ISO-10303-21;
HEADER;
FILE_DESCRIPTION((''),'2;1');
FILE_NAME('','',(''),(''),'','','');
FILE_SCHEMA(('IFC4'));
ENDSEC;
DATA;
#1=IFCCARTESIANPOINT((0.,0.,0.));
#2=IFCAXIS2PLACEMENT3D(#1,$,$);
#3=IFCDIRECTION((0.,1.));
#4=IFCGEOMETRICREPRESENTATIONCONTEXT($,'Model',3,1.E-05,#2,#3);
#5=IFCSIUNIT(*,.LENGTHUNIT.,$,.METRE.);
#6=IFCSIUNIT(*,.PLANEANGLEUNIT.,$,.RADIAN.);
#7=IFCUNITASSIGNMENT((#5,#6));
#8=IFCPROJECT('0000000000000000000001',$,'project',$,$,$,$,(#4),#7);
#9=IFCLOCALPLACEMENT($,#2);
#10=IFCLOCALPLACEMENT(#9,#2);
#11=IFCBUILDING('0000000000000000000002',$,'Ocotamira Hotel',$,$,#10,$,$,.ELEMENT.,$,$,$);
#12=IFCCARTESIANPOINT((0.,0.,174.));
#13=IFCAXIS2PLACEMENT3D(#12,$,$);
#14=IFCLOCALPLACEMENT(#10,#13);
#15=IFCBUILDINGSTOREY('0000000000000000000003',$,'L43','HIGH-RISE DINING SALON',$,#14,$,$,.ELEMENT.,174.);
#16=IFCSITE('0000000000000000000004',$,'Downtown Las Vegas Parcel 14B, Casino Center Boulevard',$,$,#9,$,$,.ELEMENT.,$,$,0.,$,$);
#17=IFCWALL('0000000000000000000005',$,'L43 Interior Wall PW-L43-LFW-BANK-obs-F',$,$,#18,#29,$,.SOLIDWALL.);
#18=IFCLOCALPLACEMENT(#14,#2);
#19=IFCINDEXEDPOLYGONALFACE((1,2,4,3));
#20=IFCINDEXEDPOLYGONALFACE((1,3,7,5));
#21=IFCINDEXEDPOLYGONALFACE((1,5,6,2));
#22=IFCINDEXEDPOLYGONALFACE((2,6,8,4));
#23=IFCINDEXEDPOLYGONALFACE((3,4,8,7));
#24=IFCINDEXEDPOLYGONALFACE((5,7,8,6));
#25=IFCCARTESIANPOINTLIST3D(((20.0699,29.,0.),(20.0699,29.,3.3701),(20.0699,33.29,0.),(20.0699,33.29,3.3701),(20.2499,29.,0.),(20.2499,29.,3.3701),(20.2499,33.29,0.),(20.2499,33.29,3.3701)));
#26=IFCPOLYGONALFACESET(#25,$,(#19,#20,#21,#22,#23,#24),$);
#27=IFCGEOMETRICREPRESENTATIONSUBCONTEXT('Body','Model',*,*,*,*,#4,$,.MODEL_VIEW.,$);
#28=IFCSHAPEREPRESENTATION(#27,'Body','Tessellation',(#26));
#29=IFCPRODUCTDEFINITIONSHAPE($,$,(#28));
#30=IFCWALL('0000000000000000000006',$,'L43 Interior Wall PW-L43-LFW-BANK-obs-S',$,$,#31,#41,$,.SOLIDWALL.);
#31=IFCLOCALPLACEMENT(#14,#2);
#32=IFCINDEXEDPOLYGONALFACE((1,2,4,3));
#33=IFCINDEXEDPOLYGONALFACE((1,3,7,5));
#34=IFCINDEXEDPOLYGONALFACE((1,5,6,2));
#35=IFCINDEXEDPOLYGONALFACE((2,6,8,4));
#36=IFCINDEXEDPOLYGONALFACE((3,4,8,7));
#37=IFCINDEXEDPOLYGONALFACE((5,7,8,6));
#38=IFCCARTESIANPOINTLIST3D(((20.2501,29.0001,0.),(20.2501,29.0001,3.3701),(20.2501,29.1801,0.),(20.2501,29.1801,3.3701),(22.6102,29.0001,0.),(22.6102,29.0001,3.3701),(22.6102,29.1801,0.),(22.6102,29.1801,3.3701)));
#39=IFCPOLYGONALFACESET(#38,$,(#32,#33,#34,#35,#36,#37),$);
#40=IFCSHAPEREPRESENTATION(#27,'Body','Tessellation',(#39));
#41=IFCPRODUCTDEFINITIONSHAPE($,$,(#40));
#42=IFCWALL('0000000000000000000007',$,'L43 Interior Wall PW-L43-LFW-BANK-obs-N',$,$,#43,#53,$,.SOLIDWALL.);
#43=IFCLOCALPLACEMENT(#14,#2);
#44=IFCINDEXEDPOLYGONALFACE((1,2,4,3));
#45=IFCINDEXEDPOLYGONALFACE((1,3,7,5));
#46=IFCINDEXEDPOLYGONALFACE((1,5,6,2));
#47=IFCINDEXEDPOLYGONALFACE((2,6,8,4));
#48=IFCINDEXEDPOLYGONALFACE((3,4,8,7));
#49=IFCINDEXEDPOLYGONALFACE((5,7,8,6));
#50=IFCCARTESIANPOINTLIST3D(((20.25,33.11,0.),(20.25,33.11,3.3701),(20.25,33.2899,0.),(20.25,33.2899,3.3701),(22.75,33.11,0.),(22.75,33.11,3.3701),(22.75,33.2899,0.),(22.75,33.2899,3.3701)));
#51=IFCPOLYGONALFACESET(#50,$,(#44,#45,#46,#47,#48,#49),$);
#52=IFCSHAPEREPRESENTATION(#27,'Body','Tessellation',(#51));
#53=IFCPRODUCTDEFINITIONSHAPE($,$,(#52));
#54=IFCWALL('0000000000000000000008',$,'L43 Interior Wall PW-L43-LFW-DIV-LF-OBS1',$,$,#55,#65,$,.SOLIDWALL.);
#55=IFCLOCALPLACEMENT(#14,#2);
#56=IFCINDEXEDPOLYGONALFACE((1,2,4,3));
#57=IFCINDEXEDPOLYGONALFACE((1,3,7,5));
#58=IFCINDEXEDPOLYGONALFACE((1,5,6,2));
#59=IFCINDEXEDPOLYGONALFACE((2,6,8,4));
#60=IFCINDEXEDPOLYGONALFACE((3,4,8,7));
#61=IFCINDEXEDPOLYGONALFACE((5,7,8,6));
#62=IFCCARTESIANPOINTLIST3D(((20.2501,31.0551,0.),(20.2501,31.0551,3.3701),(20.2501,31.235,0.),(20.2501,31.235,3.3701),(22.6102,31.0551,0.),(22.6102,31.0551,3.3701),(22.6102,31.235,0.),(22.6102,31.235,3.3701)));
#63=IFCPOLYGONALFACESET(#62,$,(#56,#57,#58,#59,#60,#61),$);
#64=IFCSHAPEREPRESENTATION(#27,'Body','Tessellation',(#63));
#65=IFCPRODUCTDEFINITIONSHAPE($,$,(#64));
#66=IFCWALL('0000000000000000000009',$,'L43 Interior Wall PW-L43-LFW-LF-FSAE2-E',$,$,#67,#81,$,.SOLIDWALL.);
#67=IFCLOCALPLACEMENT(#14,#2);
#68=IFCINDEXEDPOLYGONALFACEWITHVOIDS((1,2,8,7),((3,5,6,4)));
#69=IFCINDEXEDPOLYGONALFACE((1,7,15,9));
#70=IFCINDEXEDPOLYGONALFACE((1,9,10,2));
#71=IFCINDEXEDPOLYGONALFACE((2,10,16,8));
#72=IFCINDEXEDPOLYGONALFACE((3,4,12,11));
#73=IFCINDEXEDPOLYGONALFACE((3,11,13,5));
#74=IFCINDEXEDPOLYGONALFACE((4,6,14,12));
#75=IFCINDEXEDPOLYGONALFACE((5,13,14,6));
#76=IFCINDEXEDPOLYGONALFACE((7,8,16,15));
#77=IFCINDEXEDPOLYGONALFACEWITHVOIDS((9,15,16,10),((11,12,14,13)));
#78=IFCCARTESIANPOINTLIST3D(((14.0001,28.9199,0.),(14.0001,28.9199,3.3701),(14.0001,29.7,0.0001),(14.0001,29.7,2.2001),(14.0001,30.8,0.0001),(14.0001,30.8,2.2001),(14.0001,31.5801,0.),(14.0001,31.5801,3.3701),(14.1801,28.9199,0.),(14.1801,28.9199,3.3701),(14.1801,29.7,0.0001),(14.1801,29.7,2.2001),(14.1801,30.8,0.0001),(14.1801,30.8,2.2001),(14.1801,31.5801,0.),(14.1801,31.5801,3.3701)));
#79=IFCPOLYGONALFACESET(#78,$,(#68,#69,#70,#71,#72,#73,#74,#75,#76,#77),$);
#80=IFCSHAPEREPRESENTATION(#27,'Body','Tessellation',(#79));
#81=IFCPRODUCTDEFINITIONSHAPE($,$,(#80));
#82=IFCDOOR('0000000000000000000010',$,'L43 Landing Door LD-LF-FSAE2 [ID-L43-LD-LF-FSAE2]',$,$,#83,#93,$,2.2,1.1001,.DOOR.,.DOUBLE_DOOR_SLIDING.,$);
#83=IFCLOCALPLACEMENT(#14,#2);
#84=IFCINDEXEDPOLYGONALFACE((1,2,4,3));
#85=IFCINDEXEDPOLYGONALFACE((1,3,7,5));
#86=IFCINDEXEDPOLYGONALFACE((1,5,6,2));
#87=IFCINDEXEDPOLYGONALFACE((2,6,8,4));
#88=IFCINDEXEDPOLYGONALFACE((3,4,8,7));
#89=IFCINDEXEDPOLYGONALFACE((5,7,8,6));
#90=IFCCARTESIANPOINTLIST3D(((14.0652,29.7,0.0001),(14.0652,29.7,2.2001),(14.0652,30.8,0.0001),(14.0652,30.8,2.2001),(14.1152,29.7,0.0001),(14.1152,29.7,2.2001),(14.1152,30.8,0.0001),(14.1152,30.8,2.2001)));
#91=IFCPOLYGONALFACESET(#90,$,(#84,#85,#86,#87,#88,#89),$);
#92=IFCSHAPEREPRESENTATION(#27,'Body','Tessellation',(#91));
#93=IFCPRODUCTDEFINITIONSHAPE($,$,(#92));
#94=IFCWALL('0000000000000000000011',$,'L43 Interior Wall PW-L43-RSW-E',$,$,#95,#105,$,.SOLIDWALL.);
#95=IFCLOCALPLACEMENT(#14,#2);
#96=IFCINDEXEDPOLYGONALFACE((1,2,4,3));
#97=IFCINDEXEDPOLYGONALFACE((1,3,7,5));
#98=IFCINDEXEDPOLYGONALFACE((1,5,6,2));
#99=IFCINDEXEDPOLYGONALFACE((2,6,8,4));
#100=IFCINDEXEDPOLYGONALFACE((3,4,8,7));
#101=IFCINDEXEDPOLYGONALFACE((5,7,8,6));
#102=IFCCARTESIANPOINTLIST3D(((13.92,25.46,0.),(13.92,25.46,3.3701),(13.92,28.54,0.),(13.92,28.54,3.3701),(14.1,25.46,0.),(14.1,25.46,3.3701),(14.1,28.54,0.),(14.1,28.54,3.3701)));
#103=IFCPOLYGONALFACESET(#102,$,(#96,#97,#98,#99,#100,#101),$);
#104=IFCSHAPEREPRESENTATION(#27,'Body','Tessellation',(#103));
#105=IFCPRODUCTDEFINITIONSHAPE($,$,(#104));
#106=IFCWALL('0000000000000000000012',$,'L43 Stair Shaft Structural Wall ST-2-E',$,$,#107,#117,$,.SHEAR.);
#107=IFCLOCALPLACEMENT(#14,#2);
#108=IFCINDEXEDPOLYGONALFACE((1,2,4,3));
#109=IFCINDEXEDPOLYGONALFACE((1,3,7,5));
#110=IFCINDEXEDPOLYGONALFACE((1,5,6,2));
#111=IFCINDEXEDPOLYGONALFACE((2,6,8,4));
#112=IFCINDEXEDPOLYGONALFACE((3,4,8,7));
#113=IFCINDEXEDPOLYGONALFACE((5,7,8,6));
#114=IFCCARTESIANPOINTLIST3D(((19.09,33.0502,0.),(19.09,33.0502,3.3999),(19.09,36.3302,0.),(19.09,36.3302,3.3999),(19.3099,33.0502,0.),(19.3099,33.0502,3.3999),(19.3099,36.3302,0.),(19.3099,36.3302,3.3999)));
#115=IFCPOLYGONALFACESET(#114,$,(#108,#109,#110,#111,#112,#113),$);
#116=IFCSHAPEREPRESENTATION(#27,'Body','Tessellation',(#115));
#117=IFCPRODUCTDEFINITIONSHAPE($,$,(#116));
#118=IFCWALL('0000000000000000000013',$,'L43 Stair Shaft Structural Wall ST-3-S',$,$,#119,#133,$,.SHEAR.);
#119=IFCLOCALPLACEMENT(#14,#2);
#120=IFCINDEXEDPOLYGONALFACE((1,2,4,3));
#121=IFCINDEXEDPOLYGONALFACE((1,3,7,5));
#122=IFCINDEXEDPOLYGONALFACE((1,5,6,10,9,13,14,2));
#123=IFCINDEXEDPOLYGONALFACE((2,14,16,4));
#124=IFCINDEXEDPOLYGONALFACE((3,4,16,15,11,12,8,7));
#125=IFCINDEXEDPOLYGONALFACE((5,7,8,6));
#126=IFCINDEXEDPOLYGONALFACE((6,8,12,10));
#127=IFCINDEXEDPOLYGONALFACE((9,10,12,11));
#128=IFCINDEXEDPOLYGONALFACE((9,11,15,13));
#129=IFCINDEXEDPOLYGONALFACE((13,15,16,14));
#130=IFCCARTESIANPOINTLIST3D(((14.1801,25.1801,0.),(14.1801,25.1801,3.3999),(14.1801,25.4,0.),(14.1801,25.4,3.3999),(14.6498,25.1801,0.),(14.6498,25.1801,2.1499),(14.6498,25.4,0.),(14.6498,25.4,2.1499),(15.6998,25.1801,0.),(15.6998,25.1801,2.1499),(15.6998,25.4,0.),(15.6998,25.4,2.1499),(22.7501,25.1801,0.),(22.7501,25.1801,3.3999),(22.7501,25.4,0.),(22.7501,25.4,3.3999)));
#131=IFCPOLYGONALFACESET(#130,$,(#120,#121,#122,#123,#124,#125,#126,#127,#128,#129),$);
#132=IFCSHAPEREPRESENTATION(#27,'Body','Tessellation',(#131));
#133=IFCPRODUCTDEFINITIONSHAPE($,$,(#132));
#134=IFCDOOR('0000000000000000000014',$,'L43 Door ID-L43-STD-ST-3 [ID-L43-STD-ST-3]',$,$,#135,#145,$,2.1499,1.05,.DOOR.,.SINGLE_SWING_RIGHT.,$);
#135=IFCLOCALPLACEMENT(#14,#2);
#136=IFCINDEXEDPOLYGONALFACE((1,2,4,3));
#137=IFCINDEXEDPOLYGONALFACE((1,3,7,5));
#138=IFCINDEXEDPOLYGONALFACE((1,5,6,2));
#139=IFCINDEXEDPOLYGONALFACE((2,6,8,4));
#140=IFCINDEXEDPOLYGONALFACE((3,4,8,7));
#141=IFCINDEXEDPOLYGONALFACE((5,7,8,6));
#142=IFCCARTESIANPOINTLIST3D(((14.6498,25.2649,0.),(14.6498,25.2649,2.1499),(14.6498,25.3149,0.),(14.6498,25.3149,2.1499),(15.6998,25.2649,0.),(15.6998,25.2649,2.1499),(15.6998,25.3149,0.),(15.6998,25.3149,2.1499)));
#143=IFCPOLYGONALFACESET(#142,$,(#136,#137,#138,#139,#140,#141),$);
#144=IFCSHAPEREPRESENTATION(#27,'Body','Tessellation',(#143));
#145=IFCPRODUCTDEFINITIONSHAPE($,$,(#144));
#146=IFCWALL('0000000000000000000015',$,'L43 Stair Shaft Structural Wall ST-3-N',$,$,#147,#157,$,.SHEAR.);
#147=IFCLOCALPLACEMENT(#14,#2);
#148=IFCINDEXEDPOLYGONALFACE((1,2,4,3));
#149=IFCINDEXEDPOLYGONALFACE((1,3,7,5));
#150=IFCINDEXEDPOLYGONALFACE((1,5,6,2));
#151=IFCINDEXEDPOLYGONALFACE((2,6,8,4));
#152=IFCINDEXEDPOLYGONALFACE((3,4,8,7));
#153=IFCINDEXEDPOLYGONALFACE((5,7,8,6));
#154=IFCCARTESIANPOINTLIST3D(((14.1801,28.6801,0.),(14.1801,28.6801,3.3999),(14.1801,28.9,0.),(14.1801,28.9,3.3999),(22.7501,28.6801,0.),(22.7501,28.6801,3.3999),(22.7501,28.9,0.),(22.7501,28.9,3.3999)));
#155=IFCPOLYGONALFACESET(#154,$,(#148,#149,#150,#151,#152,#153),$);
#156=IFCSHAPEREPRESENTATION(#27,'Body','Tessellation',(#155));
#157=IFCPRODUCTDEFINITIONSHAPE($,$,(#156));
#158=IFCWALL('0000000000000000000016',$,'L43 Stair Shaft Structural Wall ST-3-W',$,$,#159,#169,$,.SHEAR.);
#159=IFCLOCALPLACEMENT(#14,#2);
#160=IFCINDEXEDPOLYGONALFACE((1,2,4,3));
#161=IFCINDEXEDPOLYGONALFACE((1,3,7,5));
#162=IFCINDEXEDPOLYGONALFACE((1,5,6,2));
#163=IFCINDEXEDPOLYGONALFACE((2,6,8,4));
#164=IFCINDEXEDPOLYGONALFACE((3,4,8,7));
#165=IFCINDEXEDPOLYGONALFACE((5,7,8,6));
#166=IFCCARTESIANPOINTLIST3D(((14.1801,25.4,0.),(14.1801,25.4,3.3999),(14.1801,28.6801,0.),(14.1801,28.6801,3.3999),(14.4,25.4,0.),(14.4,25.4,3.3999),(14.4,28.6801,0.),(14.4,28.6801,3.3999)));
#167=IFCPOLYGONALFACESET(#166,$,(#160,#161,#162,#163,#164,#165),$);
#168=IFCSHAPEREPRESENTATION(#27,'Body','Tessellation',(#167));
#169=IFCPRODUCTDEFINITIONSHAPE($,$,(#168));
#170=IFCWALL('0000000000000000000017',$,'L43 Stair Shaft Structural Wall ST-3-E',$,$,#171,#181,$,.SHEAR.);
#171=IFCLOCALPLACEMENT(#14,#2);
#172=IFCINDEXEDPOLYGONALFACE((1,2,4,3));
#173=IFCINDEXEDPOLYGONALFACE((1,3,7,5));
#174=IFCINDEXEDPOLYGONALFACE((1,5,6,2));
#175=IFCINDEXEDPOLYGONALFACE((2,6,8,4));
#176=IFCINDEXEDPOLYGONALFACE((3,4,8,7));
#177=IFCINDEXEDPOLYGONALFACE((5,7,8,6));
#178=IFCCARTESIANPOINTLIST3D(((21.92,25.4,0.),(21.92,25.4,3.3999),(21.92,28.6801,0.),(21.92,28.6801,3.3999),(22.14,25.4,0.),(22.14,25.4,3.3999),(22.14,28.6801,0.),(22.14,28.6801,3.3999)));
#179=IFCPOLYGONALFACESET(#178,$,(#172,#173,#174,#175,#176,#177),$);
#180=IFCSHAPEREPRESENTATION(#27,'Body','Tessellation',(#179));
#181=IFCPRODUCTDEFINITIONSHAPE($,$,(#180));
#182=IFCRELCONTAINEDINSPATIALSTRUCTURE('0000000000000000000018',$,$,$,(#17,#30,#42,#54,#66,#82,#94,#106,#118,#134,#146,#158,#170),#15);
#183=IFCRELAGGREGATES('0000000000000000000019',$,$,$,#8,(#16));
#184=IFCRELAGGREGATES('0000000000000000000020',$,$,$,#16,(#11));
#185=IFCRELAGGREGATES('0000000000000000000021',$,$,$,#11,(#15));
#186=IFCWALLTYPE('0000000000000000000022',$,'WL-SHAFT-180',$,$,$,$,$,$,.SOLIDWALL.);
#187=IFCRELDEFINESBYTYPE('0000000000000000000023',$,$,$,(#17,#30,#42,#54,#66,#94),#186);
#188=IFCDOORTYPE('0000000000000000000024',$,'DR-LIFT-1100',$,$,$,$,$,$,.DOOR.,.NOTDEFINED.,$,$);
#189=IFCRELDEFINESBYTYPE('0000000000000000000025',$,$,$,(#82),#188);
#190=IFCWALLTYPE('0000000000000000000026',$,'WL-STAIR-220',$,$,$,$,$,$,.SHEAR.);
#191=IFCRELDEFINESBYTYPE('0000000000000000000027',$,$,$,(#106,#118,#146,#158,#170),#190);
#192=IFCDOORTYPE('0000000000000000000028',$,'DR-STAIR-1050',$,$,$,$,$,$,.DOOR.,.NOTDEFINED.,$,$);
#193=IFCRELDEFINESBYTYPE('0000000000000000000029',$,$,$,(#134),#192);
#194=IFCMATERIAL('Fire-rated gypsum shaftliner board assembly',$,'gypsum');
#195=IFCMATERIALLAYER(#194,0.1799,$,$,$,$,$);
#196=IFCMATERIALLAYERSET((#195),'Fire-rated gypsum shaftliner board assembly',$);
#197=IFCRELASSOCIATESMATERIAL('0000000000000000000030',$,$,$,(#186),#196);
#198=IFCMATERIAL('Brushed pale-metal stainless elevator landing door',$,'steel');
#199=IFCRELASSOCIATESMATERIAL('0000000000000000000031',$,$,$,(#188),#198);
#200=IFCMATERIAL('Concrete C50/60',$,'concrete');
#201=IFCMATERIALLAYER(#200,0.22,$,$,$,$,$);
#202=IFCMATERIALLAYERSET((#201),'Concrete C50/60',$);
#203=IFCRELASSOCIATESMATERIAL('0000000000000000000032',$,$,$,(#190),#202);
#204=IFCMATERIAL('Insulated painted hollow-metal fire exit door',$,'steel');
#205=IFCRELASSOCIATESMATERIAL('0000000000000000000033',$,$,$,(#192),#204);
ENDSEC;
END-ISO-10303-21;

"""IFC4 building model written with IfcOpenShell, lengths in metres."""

from ifc_helpers import new_model, si_unit, direction, frame, frame_2d, origin, place, context, subcontext, project, spatial, rectangle, extrude, source, transform, mapped, material, layer, layer_set, type_object, element, fill, save


model = new_model("IFC4")

# Units and contexts
model_context = context("Model", 3, precision=1e-05, world=origin(), true_north=direction((0.0, 1.0)))
body_context = subcontext(model_context, "Body", "Model", "MODEL_VIEW")
ifc_project = project(units=[si_unit("LENGTHUNIT", "METRE"), si_unit("PLANEANGLEUNIT", "RADIAN")], contexts=[model_context])

# Site, building, storey
site_placement = place(None, origin())
site = spatial("IfcSite", under=ifc_project, at=site_placement, Name="Downtown Las Vegas Parcel 14B, Casino Center Boulevard", CompositionType="ELEMENT", RefElevation=0.0)
building_placement = place(site_placement, origin())
building = spatial("IfcBuilding", under=site, at=building_placement, Name="Ocotamira Hotel", CompositionType="ELEMENT")
storey_placement = place(building_placement, frame((0.0, 0.0, 174.0)))
storey = spatial("IfcBuildingStorey", under=building, at=storey_placement, Name="L43", Description="HIGH-RISE DINING SALON", CompositionType="ELEMENT", Elevation=174.0)

# Walls
ifc_material_1 = material(Name="Fire-rated gypsum shaftliner board assembly", Category="gypsum")
ifc_layer_1 = layer(ifc_material_1, 0.1799)
ifc_layer_set_1 = layer_set([ifc_layer_1], Name="Fire-rated gypsum shaftliner board assembly")
wall_type_1 = type_object("IfcWallType", Name="WL-SHAFT-180", PredefinedType="SOLIDWALL", material=ifc_layer_set_1)
wall_1_placement = place(storey_placement, frame((20.1599, 29.0, 0.0), z_axis=(0.0, 0.0, 1.0), x_axis=(0.0, 1.0, 0.0)))
element("IfcWall", 1, at=wall_1_placement, inside=storey, type_object=wall_type_1, Name="L43 Interior Wall PW-L43-LFW-BANK-obs-F", PredefinedType="SOLIDWALL", context=body_context, shape_type="SweptSolid", body=[
    extrude(rectangle(XDim=4.29, YDim=0.1799, at=frame_2d((2.145, 0.0))), origin(), (0.0, 0.0, 1.0), 3.3701),
])
wall_2_placement = place(storey_placement, frame((20.25, 29.0901, 0.0), z_axis=(0.0, 0.0, 1.0), x_axis=(1.0, 0.0, 0.0)))
element("IfcWall", 2, at=wall_2_placement, inside=storey, type_object=wall_type_1, Name="L43 Interior Wall PW-L43-LFW-BANK-obs-S", PredefinedType="SOLIDWALL", context=body_context, shape_type="SweptSolid", body=[
    extrude(rectangle(XDim=2.3601, YDim=0.1799, at=frame_2d((1.1802, 0.0))), origin(), (0.0, 0.0, 1.0), 3.3701),
])
wall_3_placement = place(storey_placement, frame((20.25, 33.2, 0.0), z_axis=(0.0, 0.0, 1.0), x_axis=(1.0, 0.0, 0.0)))
element("IfcWall", 3, at=wall_3_placement, inside=storey, type_object=wall_type_1, Name="L43 Interior Wall PW-L43-LFW-BANK-obs-N", PredefinedType="SOLIDWALL", context=body_context, shape_type="SweptSolid", body=[
    extrude(rectangle(XDim=2.5, YDim=0.1799, at=frame_2d((1.25, 0.0))), origin(), (0.0, 0.0, 1.0), 3.3701),
])
wall_4_placement = place(storey_placement, frame((20.25, 31.145, 0.0), z_axis=(0.0, 0.0, 1.0), x_axis=(1.0, 0.0, 0.0)))
element("IfcWall", 4, at=wall_4_placement, inside=storey, type_object=wall_type_1, Name="L43 Interior Wall PW-L43-LFW-DIV-LF-OBS1", PredefinedType="SOLIDWALL", context=body_context, shape_type="SweptSolid", body=[
    extrude(rectangle(XDim=2.3601, YDim=0.1799, at=frame_2d((1.1802, 0.0))), origin(), (0.0, 0.0, 1.0), 3.3701),
])

# Wall, opening, door
wall_5_placement = place(storey_placement, frame((14.0901, 28.9199, 0.0), z_axis=(0.0, 0.0, 1.0), x_axis=(0.0, 1.0, 0.0)))
wall_5 = element("IfcWall", 5, at=wall_5_placement, inside=storey, type_object=wall_type_1, Name="L43 Interior Wall PW-L43-LFW-LF-FSAE2-E", PredefinedType="SOLIDWALL", context=body_context, shape_type="SweptSolid", body=[
    extrude(rectangle(XDim=2.6602, YDim=0.1799, at=frame_2d((1.3301, 0.0))), origin(), (0.0, 0.0, 1.0), 3.3701),
])
opening_1_placement = place(wall_5_placement, frame((0.78, 0.0, 0.0)))
opening_1 = element("IfcOpeningElement", 6, at=opening_1_placement, cuts=wall_5, PredefinedType="OPENING", context=body_context, shape_type="SweptSolid", body=[
    extrude(rectangle(XDim=1.1001, YDim=2.2, at=frame_2d((0.55, 1.1001))), frame((0.0, 0.1001, 0.0), z_axis=(0.0, -1.0, 0.0), x_axis=(1.0, 0.0, 0.0)), (0.0, 0.0, 1.0), 0.2),
])
ifc_material_2 = material(Name="Brushed pale-metal stainless elevator landing door", Category="steel")
door_type_1 = type_object("IfcDoorType", Name="DR-LIFT-1100", OperationType="NOTDEFINED", PredefinedType="DOOR", material=ifc_material_2)
shared_shape_1 = source(origin(), body_context, "Body", "SweptSolid", [
    extrude(rectangle(XDim=1.1001, YDim=2.2, at=frame_2d((0.55, 1.1001))), frame((0.0, 0.0249, 0.0), z_axis=(0.0, -1.0, 0.0), x_axis=(1.0, 0.0, 0.0)), (0.0, 0.0, 1.0), 0.05),
])
door_1_placement = place(opening_1_placement, origin())
door_1 = element("IfcDoor", 7, at=door_1_placement, inside=storey, type_object=door_type_1, Name="L43 Landing Door LD-LF-FSAE2 [ID-L43-LD-LF-FSAE2]", OperationType="DOUBLE_DOOR_SLIDING", OverallHeight=2.2, OverallWidth=1.1001, PredefinedType="DOOR", context=body_context, shape_type="MappedRepresentation", body=[
    mapped(shared_shape_1, transform((0.0, 0.0, 0.0), scale=1.0)),
])
fill(opening_1, door_1)

# Walls
wall_6_placement = place(storey_placement, frame((14.01, 25.46, 0.0), z_axis=(0.0, 0.0, 1.0), x_axis=(0.0, 1.0, 0.0)))
element("IfcWall", 8, at=wall_6_placement, inside=storey, type_object=wall_type_1, Name="L43 Interior Wall PW-L43-RSW-E", PredefinedType="SOLIDWALL", context=body_context, shape_type="SweptSolid", body=[
    extrude(rectangle(XDim=3.0801, YDim=0.1799, at=frame_2d((1.54, 0.0))), origin(), (0.0, 0.0, 1.0), 3.3701),
])
ifc_material_3 = material(Name="Concrete C50/60", Category="concrete")
ifc_layer_2 = layer(ifc_material_3, 0.22)
ifc_layer_set_2 = layer_set([ifc_layer_2], Name="Concrete C50/60")
wall_type_2 = type_object("IfcWallType", Name="WL-STAIR-220", PredefinedType="SHEAR", material=ifc_layer_set_2)
wall_7_placement = place(storey_placement, frame((19.2, 33.05, 0.0), z_axis=(0.0, 0.0, 1.0), x_axis=(0.0, 1.0, 0.0)))
element("IfcWall", 9, at=wall_7_placement, inside=storey, type_object=wall_type_2, Name="L43 Stair Shaft Structural Wall ST-2-E", PredefinedType="SHEAR", context=body_context, shape_type="SweptSolid", body=[
    extrude(rectangle(XDim=3.28, YDim=0.22, at=frame_2d((1.6401, 0.0))), origin(), (0.0, 0.0, 1.0), 3.3999),
])

# Wall, opening, door
wall_8_placement = place(storey_placement, frame((14.1799, 25.29, 0.0), z_axis=(0.0, 0.0, 1.0), x_axis=(1.0, 0.0, 0.0)))
wall_8 = element("IfcWall", 10, at=wall_8_placement, inside=storey, type_object=wall_type_2, Name="L43 Stair Shaft Structural Wall ST-3-S", PredefinedType="SHEAR", context=body_context, shape_type="SweptSolid", body=[
    extrude(rectangle(XDim=8.5701, YDim=0.22, at=frame_2d((4.2852, 0.0))), origin(), (0.0, 0.0, 1.0), 3.3999),
])
opening_2_placement = place(wall_8_placement, frame((0.47, 0.0, 0.0)))
opening_2 = element("IfcOpeningElement", 11, at=opening_2_placement, cuts=wall_8, PredefinedType="OPENING", context=body_context, shape_type="SweptSolid", body=[
    extrude(rectangle(XDim=1.05, YDim=2.1499, at=frame_2d((0.5249, 1.075))), frame((0.0, 0.1201, 0.0), z_axis=(0.0, -1.0, 0.0), x_axis=(1.0, 0.0, 0.0)), (0.0, 0.0, 1.0), 0.24),
])
ifc_material_4 = material(Name="Insulated painted hollow-metal fire exit door", Category="steel")
door_type_2 = type_object("IfcDoorType", Name="DR-STAIR-1050", OperationType="NOTDEFINED", PredefinedType="DOOR", material=ifc_material_4)
shared_shape_2 = source(origin(), body_context, "Body", "SweptSolid", [
    extrude(rectangle(XDim=1.05, YDim=2.1499, at=frame_2d((0.5249, 1.075))), frame((0.0, 0.0249, 0.0), z_axis=(0.0, -1.0, 0.0), x_axis=(1.0, 0.0, 0.0)), (0.0, 0.0, 1.0), 0.05),
])
door_2_placement = place(opening_2_placement, origin())
door_2 = element("IfcDoor", 12, at=door_2_placement, inside=storey, type_object=door_type_2, Name="L43 Door ID-L43-STD-ST-3 [ID-L43-STD-ST-3]", OperationType="SINGLE_SWING_RIGHT", OverallHeight=2.1499, OverallWidth=1.05, PredefinedType="DOOR", context=body_context, shape_type="MappedRepresentation", body=[
    mapped(shared_shape_2, transform((0.0, 0.0, 0.0), scale=1.0)),
])
fill(opening_2, door_2)

# Walls
wall_9_placement = place(storey_placement, frame((14.1799, 28.79, 0.0), z_axis=(0.0, 0.0, 1.0), x_axis=(1.0, 0.0, 0.0)))
element("IfcWall", 13, at=wall_9_placement, inside=storey, type_object=wall_type_2, Name="L43 Stair Shaft Structural Wall ST-3-N", PredefinedType="SHEAR", context=body_context, shape_type="SweptSolid", body=[
    extrude(rectangle(XDim=8.5701, YDim=0.22, at=frame_2d((4.2852, 0.0))), origin(), (0.0, 0.0, 1.0), 3.3999),
])
for number, where, z_axis, x_axis, name in (
    (14, (14.29, 25.3999, 0.0), (0.0, 0.0, 1.0), (0.0, 1.0, 0.0), "L43 Stair Shaft Structural Wall ST-3-W"),
    (15, (22.03, 25.3999, 0.0), (0.0, 0.0, 1.0), (0.0, 1.0, 0.0), "L43 Stair Shaft Structural Wall ST-3-E"),
):
    element("IfcWall", number, at=place(storey_placement, frame(where, z_axis=z_axis, x_axis=x_axis)), inside=storey, type_object=wall_type_2, Name=name, PredefinedType="SHEAR", context=body_context, shape_type="SweptSolid", body=[
        extrude(rectangle(XDim=3.28, YDim=0.22, at=frame_2d((1.6401, 0.0))), origin(), (0.0, 0.0, 1.0), 3.3999),
    ])

save(model, "model.ifc")
